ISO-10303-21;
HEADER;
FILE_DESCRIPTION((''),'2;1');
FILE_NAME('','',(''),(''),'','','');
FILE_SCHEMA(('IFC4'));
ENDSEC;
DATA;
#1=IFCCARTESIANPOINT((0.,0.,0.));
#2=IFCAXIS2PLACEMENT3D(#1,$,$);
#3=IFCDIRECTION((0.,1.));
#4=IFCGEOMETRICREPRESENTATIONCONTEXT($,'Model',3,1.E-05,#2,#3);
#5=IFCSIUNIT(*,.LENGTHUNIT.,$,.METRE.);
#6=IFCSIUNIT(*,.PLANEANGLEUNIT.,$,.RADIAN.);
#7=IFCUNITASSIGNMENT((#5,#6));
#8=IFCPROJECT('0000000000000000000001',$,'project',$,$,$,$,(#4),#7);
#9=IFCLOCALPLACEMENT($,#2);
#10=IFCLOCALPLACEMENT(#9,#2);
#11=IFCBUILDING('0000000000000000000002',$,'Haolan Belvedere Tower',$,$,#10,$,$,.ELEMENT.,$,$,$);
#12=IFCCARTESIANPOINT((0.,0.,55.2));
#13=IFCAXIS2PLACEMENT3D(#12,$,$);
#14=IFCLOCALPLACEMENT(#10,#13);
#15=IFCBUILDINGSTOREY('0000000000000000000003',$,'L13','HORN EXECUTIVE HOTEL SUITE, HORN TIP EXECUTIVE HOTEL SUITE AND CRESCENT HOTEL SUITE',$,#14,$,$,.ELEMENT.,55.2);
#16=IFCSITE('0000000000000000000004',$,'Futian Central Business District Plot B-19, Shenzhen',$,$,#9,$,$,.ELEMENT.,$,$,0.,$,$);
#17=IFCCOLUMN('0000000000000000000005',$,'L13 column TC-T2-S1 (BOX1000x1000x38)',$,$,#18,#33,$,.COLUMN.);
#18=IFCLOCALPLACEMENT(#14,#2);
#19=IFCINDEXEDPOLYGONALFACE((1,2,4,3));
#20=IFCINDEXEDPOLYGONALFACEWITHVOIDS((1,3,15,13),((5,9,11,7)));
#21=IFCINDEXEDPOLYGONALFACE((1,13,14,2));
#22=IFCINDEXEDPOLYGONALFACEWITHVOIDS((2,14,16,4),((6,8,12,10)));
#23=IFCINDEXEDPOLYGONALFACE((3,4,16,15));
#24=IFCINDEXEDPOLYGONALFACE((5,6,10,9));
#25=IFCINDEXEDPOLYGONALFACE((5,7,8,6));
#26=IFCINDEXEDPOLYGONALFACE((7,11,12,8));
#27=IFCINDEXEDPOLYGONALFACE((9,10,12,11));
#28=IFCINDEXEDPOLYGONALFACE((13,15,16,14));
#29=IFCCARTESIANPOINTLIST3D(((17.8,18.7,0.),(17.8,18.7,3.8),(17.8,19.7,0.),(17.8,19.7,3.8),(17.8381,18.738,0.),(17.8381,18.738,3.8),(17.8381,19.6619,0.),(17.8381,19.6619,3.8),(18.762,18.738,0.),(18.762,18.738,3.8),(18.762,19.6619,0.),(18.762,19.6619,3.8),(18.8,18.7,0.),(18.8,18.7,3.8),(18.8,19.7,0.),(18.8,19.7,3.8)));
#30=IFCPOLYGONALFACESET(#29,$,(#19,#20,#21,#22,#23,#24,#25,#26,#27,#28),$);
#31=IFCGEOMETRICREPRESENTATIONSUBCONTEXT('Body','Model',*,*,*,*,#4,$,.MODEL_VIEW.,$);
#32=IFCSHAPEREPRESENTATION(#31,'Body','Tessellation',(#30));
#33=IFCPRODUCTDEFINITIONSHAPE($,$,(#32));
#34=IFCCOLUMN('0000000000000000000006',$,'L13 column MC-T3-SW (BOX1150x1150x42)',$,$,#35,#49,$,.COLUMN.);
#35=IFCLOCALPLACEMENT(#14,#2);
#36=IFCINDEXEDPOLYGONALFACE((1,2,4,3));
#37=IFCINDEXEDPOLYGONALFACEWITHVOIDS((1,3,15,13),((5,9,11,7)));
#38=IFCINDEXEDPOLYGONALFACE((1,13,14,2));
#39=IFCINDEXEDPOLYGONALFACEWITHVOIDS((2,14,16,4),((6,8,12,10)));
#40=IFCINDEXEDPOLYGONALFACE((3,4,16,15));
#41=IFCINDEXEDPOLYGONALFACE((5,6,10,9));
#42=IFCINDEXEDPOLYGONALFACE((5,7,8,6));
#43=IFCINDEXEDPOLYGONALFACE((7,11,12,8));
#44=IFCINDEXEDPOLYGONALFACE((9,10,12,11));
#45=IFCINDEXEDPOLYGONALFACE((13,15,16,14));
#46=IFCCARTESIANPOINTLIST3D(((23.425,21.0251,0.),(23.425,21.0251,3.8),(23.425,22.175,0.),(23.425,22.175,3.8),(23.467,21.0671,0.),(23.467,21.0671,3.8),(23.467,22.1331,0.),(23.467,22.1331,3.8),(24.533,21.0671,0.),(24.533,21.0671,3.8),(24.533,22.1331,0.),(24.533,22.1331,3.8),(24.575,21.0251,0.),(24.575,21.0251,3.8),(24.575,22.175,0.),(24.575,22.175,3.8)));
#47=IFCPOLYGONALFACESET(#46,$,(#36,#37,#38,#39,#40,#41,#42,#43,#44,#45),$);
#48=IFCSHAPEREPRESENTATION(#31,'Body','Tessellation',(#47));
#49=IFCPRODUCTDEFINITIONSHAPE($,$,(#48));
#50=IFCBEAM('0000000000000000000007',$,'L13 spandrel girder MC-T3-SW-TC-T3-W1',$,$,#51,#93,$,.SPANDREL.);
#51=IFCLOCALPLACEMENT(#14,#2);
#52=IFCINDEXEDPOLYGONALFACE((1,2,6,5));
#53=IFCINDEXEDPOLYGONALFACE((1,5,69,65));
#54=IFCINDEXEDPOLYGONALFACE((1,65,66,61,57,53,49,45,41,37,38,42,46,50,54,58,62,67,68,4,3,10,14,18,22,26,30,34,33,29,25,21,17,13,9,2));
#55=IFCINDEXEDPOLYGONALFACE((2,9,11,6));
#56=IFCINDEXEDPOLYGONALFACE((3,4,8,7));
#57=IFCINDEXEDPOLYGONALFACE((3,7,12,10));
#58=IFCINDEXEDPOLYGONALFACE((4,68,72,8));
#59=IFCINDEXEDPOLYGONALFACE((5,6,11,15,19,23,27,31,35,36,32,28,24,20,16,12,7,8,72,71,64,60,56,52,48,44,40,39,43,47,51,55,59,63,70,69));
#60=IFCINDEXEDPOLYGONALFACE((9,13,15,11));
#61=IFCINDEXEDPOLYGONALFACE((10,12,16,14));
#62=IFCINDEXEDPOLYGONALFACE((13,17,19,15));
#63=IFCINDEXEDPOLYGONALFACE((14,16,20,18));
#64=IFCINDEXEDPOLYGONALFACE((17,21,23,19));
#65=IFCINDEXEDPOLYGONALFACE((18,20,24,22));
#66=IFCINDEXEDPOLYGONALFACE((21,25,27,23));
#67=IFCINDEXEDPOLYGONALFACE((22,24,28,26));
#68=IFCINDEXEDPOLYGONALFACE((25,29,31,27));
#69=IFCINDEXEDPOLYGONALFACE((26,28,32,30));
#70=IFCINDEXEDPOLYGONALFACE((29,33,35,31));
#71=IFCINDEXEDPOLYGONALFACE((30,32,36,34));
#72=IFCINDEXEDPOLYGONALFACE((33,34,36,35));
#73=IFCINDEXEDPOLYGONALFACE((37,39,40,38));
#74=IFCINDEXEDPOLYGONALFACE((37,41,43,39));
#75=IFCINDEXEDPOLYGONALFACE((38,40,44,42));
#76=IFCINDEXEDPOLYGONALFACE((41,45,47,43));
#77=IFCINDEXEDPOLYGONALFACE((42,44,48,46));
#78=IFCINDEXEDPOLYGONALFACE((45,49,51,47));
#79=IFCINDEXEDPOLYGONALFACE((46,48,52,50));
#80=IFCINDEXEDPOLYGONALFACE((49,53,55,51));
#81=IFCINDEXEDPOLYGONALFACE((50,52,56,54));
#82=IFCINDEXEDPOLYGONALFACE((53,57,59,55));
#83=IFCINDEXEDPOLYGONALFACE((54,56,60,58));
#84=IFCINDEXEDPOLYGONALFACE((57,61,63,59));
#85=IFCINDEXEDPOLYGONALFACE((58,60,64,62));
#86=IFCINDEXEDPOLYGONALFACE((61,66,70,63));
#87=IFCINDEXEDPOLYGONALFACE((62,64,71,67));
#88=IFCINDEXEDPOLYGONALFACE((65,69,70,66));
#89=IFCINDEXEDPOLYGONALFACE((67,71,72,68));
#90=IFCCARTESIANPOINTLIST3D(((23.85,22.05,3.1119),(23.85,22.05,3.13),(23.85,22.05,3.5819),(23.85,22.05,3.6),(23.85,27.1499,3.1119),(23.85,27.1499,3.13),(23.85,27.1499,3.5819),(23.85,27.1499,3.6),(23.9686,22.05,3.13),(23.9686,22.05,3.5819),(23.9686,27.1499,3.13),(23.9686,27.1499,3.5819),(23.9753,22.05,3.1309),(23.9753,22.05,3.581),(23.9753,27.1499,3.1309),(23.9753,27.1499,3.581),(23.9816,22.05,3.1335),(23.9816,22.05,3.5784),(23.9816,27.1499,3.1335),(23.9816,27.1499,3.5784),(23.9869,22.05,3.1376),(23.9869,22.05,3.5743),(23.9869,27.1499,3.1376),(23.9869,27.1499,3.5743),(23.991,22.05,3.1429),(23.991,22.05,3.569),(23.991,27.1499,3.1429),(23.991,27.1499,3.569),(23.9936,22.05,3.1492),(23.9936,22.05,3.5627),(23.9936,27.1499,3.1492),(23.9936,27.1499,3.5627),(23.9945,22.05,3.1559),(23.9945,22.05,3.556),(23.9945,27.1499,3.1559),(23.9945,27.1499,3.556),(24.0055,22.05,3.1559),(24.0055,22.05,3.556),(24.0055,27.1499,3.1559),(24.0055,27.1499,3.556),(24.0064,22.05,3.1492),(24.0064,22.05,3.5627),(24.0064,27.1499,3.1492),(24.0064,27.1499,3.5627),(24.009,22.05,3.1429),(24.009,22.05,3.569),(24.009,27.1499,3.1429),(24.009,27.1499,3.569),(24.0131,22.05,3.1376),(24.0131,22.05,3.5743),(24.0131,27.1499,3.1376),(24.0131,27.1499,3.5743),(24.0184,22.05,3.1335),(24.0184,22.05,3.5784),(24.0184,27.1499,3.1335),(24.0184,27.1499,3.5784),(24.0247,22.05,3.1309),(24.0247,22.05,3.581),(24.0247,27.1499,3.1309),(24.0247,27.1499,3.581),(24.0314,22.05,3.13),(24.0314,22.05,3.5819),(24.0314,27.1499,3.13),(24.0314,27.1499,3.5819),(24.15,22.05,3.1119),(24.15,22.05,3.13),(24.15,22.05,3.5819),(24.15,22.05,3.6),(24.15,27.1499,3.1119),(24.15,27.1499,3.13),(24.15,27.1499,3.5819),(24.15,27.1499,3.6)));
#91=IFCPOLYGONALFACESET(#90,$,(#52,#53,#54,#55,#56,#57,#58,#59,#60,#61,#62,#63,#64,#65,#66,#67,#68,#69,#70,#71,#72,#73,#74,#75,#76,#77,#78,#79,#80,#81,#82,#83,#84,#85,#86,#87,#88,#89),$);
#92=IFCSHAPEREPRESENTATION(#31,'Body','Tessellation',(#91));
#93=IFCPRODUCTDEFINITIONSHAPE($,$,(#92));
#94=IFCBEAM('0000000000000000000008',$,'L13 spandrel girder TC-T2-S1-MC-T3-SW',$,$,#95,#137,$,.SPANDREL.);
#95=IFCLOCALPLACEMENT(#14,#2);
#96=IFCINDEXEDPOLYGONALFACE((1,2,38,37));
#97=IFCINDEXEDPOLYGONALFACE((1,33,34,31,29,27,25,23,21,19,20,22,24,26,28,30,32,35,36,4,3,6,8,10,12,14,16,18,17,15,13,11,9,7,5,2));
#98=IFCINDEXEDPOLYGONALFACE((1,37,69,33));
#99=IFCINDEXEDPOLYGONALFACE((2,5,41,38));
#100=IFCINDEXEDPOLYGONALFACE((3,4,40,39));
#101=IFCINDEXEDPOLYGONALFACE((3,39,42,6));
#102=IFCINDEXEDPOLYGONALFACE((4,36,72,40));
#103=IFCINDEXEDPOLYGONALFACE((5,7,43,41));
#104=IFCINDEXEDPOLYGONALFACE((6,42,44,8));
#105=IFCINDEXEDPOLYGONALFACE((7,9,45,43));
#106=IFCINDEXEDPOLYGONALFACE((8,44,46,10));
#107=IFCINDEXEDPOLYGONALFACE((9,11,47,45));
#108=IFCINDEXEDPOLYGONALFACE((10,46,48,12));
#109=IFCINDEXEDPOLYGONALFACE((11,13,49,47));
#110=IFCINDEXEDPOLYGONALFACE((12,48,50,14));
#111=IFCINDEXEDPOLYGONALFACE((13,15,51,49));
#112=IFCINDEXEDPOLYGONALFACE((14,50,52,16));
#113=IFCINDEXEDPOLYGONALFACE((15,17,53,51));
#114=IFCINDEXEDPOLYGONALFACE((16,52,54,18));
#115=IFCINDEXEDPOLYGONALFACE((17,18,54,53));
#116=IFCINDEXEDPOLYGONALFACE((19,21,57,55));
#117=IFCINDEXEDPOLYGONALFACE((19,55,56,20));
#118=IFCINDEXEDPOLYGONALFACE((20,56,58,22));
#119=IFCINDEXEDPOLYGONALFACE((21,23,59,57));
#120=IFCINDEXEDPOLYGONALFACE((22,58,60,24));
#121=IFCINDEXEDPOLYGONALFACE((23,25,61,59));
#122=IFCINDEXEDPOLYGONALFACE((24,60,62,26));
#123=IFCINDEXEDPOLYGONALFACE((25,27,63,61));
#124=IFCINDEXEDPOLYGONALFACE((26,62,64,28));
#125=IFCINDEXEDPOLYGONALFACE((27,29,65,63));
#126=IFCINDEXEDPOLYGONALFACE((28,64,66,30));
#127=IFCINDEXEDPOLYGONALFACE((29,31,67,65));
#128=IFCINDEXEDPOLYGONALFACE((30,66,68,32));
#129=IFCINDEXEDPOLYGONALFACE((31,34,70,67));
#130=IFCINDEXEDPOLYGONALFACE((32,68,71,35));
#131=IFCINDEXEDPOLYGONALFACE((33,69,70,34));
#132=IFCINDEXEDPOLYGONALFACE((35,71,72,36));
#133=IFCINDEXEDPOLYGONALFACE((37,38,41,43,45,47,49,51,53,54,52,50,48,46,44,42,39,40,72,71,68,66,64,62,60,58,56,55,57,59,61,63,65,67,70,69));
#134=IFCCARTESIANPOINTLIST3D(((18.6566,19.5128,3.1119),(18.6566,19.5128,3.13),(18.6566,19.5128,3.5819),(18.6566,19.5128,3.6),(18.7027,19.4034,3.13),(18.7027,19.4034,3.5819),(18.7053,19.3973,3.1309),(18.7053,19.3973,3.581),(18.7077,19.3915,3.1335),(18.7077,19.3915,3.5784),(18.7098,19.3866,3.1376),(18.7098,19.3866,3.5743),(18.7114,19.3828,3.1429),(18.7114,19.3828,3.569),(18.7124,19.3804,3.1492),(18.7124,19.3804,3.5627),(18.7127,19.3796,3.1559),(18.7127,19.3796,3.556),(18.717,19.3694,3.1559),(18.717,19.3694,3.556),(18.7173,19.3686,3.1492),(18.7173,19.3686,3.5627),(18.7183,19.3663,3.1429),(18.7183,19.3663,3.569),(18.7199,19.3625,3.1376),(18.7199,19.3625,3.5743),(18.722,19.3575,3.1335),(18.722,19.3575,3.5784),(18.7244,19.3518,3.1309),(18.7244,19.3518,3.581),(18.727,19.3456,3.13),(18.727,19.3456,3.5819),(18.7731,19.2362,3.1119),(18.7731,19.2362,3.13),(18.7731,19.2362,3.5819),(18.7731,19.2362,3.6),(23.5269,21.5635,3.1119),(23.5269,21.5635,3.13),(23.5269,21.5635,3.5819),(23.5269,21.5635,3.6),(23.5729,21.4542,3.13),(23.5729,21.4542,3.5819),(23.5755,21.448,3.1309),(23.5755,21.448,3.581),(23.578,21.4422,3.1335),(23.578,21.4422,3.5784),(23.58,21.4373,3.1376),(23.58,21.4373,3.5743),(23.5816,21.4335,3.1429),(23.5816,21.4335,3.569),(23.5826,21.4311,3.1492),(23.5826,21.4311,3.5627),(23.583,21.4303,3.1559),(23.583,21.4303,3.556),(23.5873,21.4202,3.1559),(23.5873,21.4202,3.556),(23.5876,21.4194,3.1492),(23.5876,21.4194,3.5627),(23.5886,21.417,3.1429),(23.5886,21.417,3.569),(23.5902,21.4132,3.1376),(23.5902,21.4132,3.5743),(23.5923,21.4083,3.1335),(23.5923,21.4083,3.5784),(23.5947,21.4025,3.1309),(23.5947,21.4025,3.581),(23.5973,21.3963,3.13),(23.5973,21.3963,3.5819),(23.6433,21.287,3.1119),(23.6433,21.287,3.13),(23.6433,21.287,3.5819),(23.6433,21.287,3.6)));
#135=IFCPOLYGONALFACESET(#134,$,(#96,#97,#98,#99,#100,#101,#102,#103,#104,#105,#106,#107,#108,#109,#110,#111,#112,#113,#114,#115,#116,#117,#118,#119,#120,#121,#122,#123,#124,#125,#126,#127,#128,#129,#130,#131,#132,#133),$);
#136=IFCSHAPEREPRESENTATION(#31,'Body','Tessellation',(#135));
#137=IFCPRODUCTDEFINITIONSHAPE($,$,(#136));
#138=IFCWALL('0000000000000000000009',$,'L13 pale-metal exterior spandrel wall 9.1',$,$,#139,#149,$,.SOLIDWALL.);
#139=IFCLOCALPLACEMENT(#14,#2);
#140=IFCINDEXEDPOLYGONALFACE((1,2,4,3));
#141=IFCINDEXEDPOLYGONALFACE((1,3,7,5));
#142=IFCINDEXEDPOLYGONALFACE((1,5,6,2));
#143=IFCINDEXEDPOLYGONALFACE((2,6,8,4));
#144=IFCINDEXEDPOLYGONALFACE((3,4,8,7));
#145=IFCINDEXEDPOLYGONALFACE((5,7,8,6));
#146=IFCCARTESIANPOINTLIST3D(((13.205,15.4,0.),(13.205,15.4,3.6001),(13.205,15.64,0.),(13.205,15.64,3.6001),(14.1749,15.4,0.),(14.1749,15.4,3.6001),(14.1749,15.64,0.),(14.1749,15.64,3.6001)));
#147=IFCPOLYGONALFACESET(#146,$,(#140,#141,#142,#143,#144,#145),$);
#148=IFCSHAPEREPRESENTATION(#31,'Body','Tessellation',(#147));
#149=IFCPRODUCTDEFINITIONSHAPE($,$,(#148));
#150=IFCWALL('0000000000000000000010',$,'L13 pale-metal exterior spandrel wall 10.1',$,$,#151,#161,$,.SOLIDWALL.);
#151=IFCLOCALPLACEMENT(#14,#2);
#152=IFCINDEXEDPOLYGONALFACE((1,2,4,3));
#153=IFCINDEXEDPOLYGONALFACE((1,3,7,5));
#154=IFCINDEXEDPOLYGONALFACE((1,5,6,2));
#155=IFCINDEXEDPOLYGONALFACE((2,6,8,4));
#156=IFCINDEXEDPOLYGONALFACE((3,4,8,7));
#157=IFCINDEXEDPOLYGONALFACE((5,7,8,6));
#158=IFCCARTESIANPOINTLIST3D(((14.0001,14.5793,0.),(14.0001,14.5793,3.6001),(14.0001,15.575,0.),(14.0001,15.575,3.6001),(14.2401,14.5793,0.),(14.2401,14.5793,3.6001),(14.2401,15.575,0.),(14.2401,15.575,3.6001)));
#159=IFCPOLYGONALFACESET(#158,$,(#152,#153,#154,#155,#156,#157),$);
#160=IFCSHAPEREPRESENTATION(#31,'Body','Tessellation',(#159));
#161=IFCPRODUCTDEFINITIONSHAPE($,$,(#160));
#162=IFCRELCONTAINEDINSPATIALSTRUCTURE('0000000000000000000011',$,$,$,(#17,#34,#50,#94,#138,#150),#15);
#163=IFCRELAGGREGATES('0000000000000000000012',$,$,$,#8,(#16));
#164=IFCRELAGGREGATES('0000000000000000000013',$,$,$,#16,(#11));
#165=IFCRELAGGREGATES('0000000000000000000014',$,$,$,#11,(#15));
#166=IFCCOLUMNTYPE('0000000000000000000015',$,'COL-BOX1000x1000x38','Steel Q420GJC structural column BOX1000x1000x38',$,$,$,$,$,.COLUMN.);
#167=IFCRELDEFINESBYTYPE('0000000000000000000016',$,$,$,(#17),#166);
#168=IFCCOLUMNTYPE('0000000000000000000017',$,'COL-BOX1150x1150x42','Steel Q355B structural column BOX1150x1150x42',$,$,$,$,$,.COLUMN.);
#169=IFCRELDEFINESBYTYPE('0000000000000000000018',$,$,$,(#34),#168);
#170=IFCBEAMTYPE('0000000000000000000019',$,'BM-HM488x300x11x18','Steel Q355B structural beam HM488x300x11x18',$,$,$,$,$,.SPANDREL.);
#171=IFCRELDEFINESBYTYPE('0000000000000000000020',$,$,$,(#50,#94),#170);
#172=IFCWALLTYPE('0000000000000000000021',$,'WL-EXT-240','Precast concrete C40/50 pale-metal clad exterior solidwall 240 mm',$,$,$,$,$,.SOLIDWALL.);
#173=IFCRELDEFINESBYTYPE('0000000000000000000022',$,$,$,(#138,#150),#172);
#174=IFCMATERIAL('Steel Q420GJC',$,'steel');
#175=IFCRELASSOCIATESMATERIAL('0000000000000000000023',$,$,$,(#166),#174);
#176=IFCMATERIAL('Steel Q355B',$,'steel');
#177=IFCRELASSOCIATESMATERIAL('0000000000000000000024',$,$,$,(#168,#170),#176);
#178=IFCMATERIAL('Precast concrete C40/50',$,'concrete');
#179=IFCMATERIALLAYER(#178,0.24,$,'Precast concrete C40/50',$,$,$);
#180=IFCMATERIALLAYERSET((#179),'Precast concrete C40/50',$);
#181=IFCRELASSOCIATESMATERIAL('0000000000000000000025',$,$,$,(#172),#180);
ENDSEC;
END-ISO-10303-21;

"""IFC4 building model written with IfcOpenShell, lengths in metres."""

from ifc_helpers import new_model, si_unit, direction, frame, frame_2d, origin, origin_2d, place, context, subcontext, project, spatial, rectangle, hollow_rectangle, i_section, extrude, material, layer, layer_set, material_profile, profile_set, type_object, element, save


model = new_model("IFC4")

# Units and contexts
model_context = context("Model", 3, precision=1e-05, world=origin(), true_north=direction((0.0, 1.0)))
body_context = subcontext(model_context, "Body", "Model", "MODEL_VIEW")
ifc_project = project(units=[si_unit("LENGTHUNIT", "METRE"), si_unit("PLANEANGLEUNIT", "RADIAN")], contexts=[model_context])

# Site, building, storey
site_placement = place(None, origin())
site = spatial("IfcSite", under=ifc_project, at=site_placement, Name="Futian Central Business District Plot B-19, Shenzhen", CompositionType="ELEMENT", RefElevation=0.0)
building_placement = place(site_placement, origin())
building = spatial("IfcBuilding", under=site, at=building_placement, Name="Haolan Belvedere Tower", CompositionType="ELEMENT")
storey_placement = place(building_placement, frame((0.0, 0.0, 55.2)))
storey = spatial("IfcBuildingStorey", under=building, at=storey_placement, Name="L13", Description="HORN EXECUTIVE HOTEL SUITE, HORN TIP EXECUTIVE HOTEL SUITE AND CRESCENT HOTEL SUITE", CompositionType="ELEMENT", Elevation=55.2)

# Columns
ifc_material_1 = material(Name="Steel Q420GJC", Category="steel")
ifc_material_profile_1 = material_profile(ifc_material_1, hollow_rectangle(XDim=1.0, YDim=1.0, WallThickness=0.0381, at=origin_2d()), Name="Steel Q420GJC")
ifc_profile_set_1 = profile_set([ifc_material_profile_1], Name="Steel Q420GJC")
column_type_1 = type_object("IfcColumnType", Name="COL-BOX1000x1000x38", Description="Steel Q420GJC structural column BOX1000x1000x38", PredefinedType="COLUMN", material=ifc_profile_set_1)
column_1_placement = place(storey_placement, frame((18.3, 19.2, 0.0), z_axis=(0.0, 0.0, 1.0), x_axis=(1.0, 0.0, 0.0)))
element("IfcColumn", 1, at=column_1_placement, inside=storey, type_object=column_type_1, Name="L13 column TC-T2-S1 (BOX1000x1000x38)", PredefinedType="COLUMN", context=body_context, shape_type="SweptSolid", body=[
    extrude(hollow_rectangle(XDim=1.0, YDim=1.0, WallThickness=0.0381, at=origin_2d()), origin(), (0.0, 0.0, 1.0), 3.8),
])
ifc_material_2 = material(Name="Steel Q355B", Category="steel")
ifc_material_profile_2 = material_profile(ifc_material_2, hollow_rectangle(XDim=1.1499, YDim=1.1499, WallThickness=0.042, at=origin_2d()), Name="Steel Q355B")
ifc_profile_set_2 = profile_set([ifc_material_profile_2], Name="Steel Q355B")
column_type_2 = type_object("IfcColumnType", Name="COL-BOX1150x1150x42", Description="Steel Q355B structural column BOX1150x1150x42", PredefinedType="COLUMN", material=ifc_profile_set_2)
column_2_placement = place(storey_placement, frame((24.0, 21.6001, 0.0), z_axis=(0.0, 0.0, 1.0), x_axis=(1.0, 0.0, 0.0)))
element("IfcColumn", 2, at=column_2_placement, inside=storey, type_object=column_type_2, Name="L13 column MC-T3-SW (BOX1150x1150x42)", PredefinedType="COLUMN", context=body_context, shape_type="SweptSolid", body=[
    extrude(hollow_rectangle(XDim=1.1499, YDim=1.1499, WallThickness=0.042, at=origin_2d()), origin(), (0.0, 0.0, 1.0), 3.8),
])

# Beams
ifc_material_profile_3 = material_profile(ifc_material_2, i_section(OverallWidth=0.3, OverallDepth=0.488, WebThickness=0.011, FlangeThickness=0.0181, FilletRadius=0.0259, at=origin_2d()), Name="Steel Q355B")
ifc_profile_set_3 = profile_set([ifc_material_profile_3], Name="Steel Q355B")
beam_type = type_object("IfcBeamType", Name="BM-HM488x300x11x18", Description="Steel Q355B structural beam HM488x300x11x18", PredefinedType="SPANDREL", material=ifc_profile_set_3)
beam_1_placement = place(storey_placement, frame((24.0, 22.05, 3.356), z_axis=(0.0, 1.0, 0.0), x_axis=(-1.0, 0.0, 0.0)))
element("IfcBeam", 3, at=beam_1_placement, inside=storey, type_object=beam_type, Name="L13 spandrel girder MC-T3-SW-TC-T3-W1", PredefinedType="SPANDREL", context=body_context, shape_type="SweptSolid", body=[
    extrude(i_section(OverallWidth=0.3, OverallDepth=0.488, WebThickness=0.011, FlangeThickness=0.0181, FilletRadius=0.0259, at=origin_2d()), origin(), (0.0, 0.0, 1.0), 5.0999),
])
beam_2_placement = place(storey_placement, frame((18.7148, 19.3745, 3.356), z_axis=(0.921628, 0.388074, 0.0), x_axis=(-0.388074, 0.921628, 0.0)))
element("IfcBeam", 4, at=beam_2_placement, inside=storey, type_object=beam_type, Name="L13 spandrel girder TC-T2-S1-MC-T3-SW", PredefinedType="SPANDREL", context=body_context, shape_type="SweptSolid", body=[
    extrude(i_section(OverallWidth=0.3, OverallDepth=0.488, WebThickness=0.011, FlangeThickness=0.0181, FilletRadius=0.0259, at=origin_2d()), origin(), (0.0, 0.0, 1.0), 5.2844),
])

# Walls
ifc_material_3 = material(Name="Precast concrete C40/50", Category="concrete")
ifc_layer_1 = layer(ifc_material_3, 0.24, Name="Precast concrete C40/50")
ifc_layer_set_1 = layer_set([ifc_layer_1], Name="Precast concrete C40/50")
wall_type_1 = type_object("IfcWallType", Name="WL-EXT-240", Description="Precast concrete C40/50 pale-metal clad exterior solidwall 240 mm", PredefinedType="SOLIDWALL", material=ifc_layer_set_1)
wall_1_placement = place(storey_placement, frame((13.2051, 15.52, 0.0), z_axis=(0.0, 0.0, 1.0), x_axis=(1.0, 0.0, 0.0)))
element("IfcWall", 5, at=wall_1_placement, inside=storey, type_object=wall_type_1, Name="L13 pale-metal exterior spandrel wall 9.1", PredefinedType="SOLIDWALL", context=body_context, shape_type="SweptSolid", body=[
    extrude(rectangle(XDim=0.97, YDim=0.24, at=frame_2d((0.4849, 0.0))), origin(), (0.0, 0.0, 1.0), 3.6001),
])
wall_2_placement = place(storey_placement, frame((14.1201, 15.575, 0.0), z_axis=(0.0, 0.0, 1.0), x_axis=(0.0, -1.0, 0.0)))
element("IfcWall", 6, at=wall_2_placement, inside=storey, type_object=wall_type_1, Name="L13 pale-metal exterior spandrel wall 10.1", PredefinedType="SOLIDWALL", context=body_context, shape_type="SweptSolid", body=[
    extrude(rectangle(XDim=0.9956, YDim=0.24, at=frame_2d((0.4978, 0.0))), origin(), (0.0, 0.0, 1.0), 3.6001),
])

save(model, "model.ifc")
